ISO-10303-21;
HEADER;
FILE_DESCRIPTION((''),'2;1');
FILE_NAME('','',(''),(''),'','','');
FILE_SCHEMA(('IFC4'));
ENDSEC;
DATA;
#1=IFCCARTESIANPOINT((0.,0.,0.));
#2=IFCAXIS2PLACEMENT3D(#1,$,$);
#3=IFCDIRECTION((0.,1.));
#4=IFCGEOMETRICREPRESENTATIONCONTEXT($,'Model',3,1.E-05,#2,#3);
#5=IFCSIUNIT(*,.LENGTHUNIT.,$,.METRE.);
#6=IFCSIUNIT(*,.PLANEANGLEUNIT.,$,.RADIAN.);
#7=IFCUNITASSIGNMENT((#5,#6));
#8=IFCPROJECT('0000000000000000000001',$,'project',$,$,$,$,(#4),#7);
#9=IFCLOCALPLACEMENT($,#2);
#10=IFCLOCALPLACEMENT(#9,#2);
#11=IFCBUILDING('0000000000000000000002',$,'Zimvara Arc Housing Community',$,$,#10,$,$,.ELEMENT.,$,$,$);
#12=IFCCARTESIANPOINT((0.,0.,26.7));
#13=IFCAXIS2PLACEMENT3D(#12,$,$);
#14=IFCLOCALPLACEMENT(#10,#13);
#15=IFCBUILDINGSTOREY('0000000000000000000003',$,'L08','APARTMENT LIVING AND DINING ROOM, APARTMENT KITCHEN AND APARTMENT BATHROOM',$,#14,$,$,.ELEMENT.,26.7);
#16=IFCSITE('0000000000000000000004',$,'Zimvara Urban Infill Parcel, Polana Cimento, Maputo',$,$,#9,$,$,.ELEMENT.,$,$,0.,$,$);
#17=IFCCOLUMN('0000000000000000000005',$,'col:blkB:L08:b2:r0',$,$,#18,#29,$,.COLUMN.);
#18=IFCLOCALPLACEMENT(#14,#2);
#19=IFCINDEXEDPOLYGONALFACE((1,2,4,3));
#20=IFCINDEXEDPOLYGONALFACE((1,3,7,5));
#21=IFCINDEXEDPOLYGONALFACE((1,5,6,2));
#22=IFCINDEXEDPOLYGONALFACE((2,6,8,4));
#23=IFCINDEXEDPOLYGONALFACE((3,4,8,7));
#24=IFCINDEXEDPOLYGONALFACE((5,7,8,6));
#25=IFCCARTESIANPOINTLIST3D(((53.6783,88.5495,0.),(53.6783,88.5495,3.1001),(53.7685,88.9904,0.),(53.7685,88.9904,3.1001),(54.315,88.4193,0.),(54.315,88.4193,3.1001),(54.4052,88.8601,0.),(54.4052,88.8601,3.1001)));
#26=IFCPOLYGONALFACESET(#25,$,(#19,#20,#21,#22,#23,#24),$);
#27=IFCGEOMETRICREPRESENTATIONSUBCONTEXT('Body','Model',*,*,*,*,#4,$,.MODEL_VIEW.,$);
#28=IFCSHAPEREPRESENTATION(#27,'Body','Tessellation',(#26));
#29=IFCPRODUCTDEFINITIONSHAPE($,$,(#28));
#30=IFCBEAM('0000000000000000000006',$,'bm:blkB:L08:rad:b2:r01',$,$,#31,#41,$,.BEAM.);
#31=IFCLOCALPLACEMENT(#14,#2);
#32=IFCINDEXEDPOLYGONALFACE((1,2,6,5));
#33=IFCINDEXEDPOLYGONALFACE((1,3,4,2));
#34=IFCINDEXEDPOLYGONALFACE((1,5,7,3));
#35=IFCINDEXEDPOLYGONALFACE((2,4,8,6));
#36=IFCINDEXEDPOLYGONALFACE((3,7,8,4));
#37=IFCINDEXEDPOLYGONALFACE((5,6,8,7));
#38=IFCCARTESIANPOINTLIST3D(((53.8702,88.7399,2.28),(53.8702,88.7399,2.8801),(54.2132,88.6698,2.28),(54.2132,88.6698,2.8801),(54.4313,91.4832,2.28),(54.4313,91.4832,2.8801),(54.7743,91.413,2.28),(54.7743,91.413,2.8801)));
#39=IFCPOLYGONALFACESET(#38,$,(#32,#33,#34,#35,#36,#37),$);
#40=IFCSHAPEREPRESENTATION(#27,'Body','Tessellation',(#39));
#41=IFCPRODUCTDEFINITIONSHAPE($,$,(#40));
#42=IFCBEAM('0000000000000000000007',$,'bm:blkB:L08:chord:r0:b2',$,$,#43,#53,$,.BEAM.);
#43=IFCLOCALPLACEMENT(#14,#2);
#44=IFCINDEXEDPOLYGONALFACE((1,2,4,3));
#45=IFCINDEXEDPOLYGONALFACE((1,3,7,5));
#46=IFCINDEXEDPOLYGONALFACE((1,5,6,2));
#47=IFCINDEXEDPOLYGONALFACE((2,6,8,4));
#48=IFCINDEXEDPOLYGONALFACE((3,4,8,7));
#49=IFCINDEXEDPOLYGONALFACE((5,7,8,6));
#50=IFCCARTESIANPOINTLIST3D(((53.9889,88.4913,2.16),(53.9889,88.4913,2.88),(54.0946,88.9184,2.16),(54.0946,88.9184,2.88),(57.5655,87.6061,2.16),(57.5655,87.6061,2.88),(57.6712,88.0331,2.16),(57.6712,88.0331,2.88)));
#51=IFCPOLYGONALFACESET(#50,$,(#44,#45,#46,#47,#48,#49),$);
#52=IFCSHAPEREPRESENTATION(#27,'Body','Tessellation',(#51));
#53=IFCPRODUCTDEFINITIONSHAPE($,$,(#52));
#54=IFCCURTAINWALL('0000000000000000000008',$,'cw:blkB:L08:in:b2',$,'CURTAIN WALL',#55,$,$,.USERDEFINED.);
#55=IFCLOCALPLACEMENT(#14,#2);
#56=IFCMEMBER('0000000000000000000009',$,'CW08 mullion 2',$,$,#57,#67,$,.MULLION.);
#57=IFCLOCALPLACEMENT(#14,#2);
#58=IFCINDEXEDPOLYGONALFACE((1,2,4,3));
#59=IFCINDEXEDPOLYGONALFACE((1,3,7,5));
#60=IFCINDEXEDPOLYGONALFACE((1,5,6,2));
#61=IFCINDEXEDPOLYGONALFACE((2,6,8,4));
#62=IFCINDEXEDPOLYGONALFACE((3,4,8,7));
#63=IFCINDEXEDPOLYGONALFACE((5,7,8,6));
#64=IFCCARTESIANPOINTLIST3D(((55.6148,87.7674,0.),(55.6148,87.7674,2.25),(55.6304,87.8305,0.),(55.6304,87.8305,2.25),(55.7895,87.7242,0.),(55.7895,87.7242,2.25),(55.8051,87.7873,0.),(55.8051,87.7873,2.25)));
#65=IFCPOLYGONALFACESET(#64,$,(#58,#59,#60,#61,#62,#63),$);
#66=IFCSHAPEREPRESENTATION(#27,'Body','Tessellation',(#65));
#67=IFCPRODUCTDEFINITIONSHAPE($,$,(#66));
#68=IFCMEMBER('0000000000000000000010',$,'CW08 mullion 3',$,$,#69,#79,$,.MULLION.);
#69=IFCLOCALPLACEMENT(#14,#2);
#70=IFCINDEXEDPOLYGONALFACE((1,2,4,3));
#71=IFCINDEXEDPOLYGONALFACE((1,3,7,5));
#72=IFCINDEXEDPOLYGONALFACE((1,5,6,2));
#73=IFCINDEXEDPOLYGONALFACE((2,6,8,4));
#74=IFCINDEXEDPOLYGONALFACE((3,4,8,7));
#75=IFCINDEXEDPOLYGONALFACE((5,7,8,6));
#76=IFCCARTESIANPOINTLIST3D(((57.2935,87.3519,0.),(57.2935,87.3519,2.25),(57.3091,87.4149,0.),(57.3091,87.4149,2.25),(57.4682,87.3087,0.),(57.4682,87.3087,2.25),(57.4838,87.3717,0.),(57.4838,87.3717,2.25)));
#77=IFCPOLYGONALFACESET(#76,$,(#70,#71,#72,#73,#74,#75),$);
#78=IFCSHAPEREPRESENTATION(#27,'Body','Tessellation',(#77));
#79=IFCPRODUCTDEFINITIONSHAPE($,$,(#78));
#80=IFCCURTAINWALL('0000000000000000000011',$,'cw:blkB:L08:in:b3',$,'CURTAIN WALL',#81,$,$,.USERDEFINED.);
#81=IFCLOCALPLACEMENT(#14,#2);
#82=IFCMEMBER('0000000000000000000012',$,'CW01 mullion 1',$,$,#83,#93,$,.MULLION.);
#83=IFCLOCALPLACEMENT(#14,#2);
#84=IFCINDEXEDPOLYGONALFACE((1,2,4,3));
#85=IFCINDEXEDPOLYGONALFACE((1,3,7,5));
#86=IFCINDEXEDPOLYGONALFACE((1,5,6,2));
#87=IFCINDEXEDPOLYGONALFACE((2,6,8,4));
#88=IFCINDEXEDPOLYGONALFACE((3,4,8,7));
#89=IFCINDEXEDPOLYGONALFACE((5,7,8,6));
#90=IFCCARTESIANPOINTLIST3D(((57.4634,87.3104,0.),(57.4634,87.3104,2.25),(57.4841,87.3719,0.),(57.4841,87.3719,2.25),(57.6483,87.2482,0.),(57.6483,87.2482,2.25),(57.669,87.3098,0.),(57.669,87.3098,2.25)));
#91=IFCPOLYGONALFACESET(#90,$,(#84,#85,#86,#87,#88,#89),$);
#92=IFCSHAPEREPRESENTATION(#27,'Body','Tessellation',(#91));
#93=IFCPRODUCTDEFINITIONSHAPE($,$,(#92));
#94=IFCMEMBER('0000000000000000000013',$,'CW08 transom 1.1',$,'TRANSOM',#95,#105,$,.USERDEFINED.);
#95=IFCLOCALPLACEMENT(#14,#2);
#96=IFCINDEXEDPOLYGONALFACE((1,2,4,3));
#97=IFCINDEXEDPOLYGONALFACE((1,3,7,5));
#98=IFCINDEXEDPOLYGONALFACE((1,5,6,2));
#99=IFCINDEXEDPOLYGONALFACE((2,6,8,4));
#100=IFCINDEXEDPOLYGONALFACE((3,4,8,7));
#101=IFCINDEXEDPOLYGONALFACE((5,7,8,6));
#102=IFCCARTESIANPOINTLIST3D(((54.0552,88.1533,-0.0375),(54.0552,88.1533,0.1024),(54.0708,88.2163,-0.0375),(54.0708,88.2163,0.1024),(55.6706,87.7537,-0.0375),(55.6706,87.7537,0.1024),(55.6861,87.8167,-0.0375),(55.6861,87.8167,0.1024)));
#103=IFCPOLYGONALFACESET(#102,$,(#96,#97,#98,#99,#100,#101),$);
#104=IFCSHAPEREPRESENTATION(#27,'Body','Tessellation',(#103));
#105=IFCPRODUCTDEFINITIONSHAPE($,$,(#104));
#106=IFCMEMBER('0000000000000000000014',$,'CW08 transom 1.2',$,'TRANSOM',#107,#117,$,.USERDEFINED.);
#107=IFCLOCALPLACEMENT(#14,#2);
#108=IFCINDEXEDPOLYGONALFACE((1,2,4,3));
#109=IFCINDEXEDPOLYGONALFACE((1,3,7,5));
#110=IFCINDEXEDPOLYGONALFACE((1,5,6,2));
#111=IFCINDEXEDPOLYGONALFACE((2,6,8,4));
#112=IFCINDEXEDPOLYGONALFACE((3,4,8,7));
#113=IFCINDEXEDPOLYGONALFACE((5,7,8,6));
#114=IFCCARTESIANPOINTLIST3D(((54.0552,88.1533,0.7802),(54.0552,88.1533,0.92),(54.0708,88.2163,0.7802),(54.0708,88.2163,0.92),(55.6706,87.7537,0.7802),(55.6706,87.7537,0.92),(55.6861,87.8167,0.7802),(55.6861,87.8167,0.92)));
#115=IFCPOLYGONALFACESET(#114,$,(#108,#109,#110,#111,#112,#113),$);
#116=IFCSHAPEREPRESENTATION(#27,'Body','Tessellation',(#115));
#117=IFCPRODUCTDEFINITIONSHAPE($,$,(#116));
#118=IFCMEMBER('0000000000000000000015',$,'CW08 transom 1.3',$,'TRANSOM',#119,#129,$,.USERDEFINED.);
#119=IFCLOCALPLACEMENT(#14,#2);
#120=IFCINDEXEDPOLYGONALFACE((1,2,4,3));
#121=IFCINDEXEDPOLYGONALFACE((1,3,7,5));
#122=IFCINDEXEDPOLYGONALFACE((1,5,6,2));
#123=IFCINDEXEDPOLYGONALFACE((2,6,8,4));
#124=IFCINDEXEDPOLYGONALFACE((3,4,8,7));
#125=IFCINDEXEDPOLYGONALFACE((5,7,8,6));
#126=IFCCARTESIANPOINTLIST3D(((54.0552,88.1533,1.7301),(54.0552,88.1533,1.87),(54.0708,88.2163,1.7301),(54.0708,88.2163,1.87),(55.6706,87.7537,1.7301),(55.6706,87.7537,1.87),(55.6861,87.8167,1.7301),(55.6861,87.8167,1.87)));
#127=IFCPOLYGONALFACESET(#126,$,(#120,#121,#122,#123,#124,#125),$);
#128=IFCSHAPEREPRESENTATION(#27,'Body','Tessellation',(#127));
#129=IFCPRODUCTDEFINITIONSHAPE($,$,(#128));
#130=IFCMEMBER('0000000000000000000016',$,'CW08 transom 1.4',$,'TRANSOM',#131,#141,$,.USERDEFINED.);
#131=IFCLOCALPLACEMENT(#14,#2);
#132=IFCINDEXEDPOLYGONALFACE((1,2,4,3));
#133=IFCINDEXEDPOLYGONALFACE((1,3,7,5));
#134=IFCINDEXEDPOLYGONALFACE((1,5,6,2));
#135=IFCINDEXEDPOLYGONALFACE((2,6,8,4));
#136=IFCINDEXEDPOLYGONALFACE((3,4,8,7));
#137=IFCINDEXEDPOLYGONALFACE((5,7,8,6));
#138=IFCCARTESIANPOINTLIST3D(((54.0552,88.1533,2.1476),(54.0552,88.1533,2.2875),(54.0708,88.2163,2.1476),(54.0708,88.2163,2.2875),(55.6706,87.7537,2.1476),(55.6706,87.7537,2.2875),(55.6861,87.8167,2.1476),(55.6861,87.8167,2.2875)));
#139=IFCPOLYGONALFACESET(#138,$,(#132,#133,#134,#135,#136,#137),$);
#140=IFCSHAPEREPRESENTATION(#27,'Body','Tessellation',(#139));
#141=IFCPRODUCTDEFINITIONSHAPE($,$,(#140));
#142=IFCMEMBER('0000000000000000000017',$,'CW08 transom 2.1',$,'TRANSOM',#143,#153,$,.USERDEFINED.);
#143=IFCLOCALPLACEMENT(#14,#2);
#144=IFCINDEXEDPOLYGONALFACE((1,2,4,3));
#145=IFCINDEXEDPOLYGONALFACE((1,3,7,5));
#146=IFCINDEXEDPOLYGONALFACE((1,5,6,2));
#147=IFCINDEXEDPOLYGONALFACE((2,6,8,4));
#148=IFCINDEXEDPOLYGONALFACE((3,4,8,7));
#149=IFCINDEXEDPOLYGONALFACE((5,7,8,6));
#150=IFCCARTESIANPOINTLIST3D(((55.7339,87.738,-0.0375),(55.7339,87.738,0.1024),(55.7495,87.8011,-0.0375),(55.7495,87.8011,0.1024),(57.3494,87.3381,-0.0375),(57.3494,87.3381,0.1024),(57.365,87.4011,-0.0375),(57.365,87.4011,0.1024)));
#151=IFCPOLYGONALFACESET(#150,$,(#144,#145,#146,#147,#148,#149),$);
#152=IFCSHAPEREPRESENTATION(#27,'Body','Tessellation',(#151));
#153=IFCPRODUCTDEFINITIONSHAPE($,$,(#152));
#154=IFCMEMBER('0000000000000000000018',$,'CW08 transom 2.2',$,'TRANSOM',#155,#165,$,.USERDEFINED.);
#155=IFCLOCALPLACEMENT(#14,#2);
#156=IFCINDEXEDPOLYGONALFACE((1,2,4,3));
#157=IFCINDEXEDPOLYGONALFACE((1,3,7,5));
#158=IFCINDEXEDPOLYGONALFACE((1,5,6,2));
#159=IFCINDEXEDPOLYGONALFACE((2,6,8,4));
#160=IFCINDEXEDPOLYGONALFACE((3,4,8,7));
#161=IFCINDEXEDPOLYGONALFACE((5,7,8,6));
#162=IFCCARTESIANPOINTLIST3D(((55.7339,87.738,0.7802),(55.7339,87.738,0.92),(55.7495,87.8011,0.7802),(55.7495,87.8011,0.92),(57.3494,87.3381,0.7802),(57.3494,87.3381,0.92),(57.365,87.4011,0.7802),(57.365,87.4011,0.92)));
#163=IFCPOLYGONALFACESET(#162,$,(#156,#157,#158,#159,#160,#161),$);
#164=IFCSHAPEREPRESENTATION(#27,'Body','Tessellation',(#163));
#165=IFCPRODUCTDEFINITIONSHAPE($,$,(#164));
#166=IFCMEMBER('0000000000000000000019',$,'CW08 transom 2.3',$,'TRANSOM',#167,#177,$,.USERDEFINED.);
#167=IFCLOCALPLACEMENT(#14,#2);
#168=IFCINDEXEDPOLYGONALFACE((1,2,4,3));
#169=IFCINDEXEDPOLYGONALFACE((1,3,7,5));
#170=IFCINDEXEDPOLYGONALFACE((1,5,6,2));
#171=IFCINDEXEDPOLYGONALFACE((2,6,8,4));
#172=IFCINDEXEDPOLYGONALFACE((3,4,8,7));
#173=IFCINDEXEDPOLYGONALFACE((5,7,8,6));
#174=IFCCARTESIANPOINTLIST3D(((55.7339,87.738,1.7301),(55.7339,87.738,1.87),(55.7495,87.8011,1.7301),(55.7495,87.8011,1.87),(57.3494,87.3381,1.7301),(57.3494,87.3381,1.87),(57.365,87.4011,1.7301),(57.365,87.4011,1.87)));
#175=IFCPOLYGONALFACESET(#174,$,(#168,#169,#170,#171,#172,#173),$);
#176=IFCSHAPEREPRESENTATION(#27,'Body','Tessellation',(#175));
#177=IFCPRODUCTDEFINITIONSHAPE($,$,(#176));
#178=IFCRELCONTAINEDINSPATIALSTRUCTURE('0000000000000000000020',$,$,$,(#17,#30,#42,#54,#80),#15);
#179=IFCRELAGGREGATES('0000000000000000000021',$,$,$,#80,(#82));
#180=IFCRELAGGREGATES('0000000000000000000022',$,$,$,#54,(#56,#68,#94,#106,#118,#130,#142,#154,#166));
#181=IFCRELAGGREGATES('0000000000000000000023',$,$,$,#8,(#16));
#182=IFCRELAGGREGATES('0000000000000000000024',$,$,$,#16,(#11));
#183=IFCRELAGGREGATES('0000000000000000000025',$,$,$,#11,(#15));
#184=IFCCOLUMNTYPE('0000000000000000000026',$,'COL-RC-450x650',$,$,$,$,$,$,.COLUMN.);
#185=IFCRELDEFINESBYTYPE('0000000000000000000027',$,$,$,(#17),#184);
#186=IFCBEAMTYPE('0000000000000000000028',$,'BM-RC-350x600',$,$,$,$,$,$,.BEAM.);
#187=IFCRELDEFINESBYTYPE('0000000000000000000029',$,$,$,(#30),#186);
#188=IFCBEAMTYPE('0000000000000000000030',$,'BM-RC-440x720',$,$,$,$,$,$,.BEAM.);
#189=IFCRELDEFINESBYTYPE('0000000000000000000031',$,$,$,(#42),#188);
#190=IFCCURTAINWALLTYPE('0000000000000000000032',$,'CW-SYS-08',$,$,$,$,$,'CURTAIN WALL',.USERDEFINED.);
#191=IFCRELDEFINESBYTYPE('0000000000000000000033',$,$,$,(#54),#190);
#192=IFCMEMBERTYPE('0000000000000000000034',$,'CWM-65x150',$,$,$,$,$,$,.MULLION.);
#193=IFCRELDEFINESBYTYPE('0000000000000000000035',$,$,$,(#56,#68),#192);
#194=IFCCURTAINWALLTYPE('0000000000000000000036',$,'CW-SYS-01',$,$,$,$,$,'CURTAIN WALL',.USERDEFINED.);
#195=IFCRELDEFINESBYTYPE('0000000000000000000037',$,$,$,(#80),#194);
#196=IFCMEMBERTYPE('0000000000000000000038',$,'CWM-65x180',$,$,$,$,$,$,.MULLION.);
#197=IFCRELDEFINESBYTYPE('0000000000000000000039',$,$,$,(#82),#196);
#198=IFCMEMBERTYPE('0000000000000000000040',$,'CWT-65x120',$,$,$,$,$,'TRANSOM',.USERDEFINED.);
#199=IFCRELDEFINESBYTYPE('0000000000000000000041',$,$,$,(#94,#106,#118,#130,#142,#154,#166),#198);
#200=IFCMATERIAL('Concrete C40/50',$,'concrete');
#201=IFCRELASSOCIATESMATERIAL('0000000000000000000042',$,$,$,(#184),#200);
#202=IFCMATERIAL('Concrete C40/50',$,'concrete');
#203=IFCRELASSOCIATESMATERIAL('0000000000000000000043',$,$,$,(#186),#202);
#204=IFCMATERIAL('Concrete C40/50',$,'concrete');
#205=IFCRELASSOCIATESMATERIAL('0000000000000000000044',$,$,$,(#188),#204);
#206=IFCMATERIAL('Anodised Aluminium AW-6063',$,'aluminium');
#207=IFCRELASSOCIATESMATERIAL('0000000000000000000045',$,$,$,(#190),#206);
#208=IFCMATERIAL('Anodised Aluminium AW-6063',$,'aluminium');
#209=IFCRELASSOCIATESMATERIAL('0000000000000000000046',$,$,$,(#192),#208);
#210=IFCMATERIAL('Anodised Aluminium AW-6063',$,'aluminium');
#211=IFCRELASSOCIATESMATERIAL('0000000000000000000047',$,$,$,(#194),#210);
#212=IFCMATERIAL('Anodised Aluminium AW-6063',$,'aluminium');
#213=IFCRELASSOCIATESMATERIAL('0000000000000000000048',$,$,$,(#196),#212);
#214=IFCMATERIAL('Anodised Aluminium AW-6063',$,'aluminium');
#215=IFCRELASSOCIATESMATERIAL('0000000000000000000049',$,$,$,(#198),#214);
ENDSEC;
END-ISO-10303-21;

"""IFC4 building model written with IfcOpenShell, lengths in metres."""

from ifc_helpers import new_model, si_unit, direction, frame, origin, origin_2d, place, context, subcontext, project, spatial, rectangle, extrude, material, material_profile, profile_set, type_object, element, aggregate, save


model = new_model("IFC4")

# Units and contexts
model_context = context("Model", 3, precision=1e-05, world=origin(), true_north=direction((0.0, 1.0)))
body_context = subcontext(model_context, "Body", "Model", "MODEL_VIEW")
ifc_project = project(units=[si_unit("LENGTHUNIT", "METRE"), si_unit("PLANEANGLEUNIT", "RADIAN")], contexts=[model_context])

# Site, building, storey
site_placement = place(None, origin())
site = spatial("IfcSite", under=ifc_project, at=site_placement, Name="Zimvara Urban Infill Parcel, Polana Cimento, Maputo", CompositionType="ELEMENT", RefElevation=0.0)
building_placement = place(site_placement, origin())
building = spatial("IfcBuilding", under=site, at=building_placement, Name="Zimvara Arc Housing Community", CompositionType="ELEMENT")
storey_placement = place(building_placement, frame((0.0, 0.0, 26.7)))
storey = spatial("IfcBuildingStorey", under=building, at=storey_placement, Name="L08", Description="APARTMENT LIVING AND DINING ROOM, APARTMENT KITCHEN AND APARTMENT BATHROOM", CompositionType="ELEMENT", Elevation=26.7)

# Column
ifc_material_1 = material(Name="Concrete C40/50", Category="concrete")
ifc_material_profile_1 = material_profile(ifc_material_1, rectangle(XDim=0.45, YDim=0.6499, at=origin_2d()), Name="RC 450x650")
ifc_profile_set_1 = profile_set([ifc_material_profile_1], Name="Concrete C40/50")
column_type = type_object("IfcColumnType", Name="COL-RC-450x650", PredefinedType="COLUMN", material=ifc_profile_set_1)
column_placement = place(storey_placement, frame((54.0417, 88.7048, 0.0), z_axis=(0.0, 0.0, 1.0), x_axis=(0.200394, 0.979715, 0.0)))
element("IfcColumn", 1, at=column_placement, inside=storey, type_object=column_type, Name="col:blkB:L08:b2:r0", PredefinedType="COLUMN", context=body_context, shape_type="SweptSolid", body=[
    extrude(rectangle(XDim=0.45, YDim=0.6499, at=origin_2d()), origin(), (0.0, 0.0, 1.0), 3.1001),
])

# Beams
ifc_material_2 = material(Name="Concrete C40/50", Category="concrete")
ifc_material_profile_2 = material_profile(ifc_material_2, rectangle(XDim=0.3501, YDim=0.6001, at=origin_2d()), Name="RC 350x600")
ifc_profile_set_2 = profile_set([ifc_material_profile_2], Name="Concrete C40/50")
beam_type_1 = type_object("IfcBeamType", Name="BM-RC-350x600", PredefinedType="BEAM", material=ifc_profile_set_2)
beam_1_placement = place(storey_placement, frame((54.0417, 88.7048, 2.5801), z_axis=(0.200373, 0.97972, 0.0), x_axis=(-0.97972, 0.200373, 0.0)))
element("IfcBeam", 2, at=beam_1_placement, inside=storey, type_object=beam_type_1, Name="bm:blkB:L08:rad:b2:r01", PredefinedType="BEAM", context=body_context, shape_type="SweptSolid", body=[
    extrude(rectangle(XDim=0.3501, YDim=0.6001, at=origin_2d()), origin(), (0.0, 0.0, 1.0), 2.8),
])
ifc_material_3 = material(Name="Concrete C40/50", Category="concrete")
ifc_material_profile_3 = material_profile(ifc_material_3, rectangle(XDim=0.4399, YDim=0.72, at=origin_2d()), Name="RC 440x720")
ifc_profile_set_3 = profile_set([ifc_material_profile_3], Name="Concrete C40/50")
beam_type_2 = type_object("IfcBeamType", Name="BM-RC-440x720", PredefinedType="BEAM", material=ifc_profile_set_3)
beam_2_placement = place(storey_placement, frame((54.0417, 88.7048, 2.52), z_axis=(0.970709, -0.240259, 0.0), x_axis=(0.240259, 0.970709, 0.0)))
element("IfcBeam", 3, at=beam_2_placement, inside=storey, type_object=beam_type_2, Name="bm:blkB:L08:chord:r0:b2", PredefinedType="BEAM", context=body_context, shape_type="SweptSolid", body=[
    extrude(rectangle(XDim=0.4399, YDim=0.72, at=origin_2d()), origin(), (0.0, 0.0, 1.0), 3.6846),
])

# Curtain wall, members
ifc_material_4 = material(Name="Anodised Aluminium AW-6063", Category="aluminium")
curtain_wall_type_1 = type_object("IfcCurtainWallType", Name="CW-SYS-08", ElementType="CURTAIN WALL", PredefinedType="USERDEFINED", material=ifc_material_4)
curtain_wall_1_placement = place(storey_placement, origin())
curtain_wall_1 = element("IfcCurtainWall", 4, at=curtain_wall_1_placement, inside=storey, type_object=curtain_wall_type_1, Name="cw:blkB:L08:in:b2", ObjectType="CURTAIN WALL", PredefinedType="USERDEFINED")
ifc_material_5 = material(Name="Anodised Aluminium AW-6063", Category="aluminium")
ifc_material_profile_4 = material_profile(ifc_material_5, rectangle(XDim=0.0649, YDim=0.1799, at=origin_2d()), Name="ALU 65x180")
ifc_profile_set_4 = profile_set([ifc_material_profile_4], Name="Anodised Aluminium AW-6063")
member_type_1 = type_object("IfcMemberType", Name="CWM-65x150", PredefinedType="MULLION", material=ifc_profile_set_4)
member_1_placement = place(storey_placement, frame((55.71, 87.7773, 0.0), z_axis=(0.0, 0.0, 1.0), x_axis=(0.240228, 0.970717, 0.0)))
member_1 = element("IfcMember", 5, at=member_1_placement, type_object=member_type_1, Name="CW08 mullion 2", PredefinedType="MULLION", context=body_context, shape_type="SweptSolid", body=[
    extrude(rectangle(XDim=0.0649, YDim=0.1799, at=origin_2d()), origin(), (0.0, 0.0, 1.0), 2.25),
])
member_2_placement = place(storey_placement, frame((57.3887, 87.3618, 0.0), z_axis=(0.0, 0.0, 1.0), x_axis=(0.240228, 0.970717, 0.0)))
member_2 = element("IfcMember", 6, at=member_2_placement, type_object=member_type_1, Name="CW08 mullion 3", PredefinedType="MULLION", context=body_context, shape_type="SweptSolid", body=[
    extrude(rectangle(XDim=0.0649, YDim=0.1799, at=origin_2d()), origin(), (0.0, 0.0, 1.0), 2.25),
])

# Curtain wall, member
ifc_material_6 = material(Name="Anodised Aluminium AW-6063", Category="aluminium")
curtain_wall_type_2 = type_object("IfcCurtainWallType", Name="CW-SYS-01", ElementType="CURTAIN WALL", PredefinedType="USERDEFINED", material=ifc_material_6)
curtain_wall_2_placement = place(storey_placement, origin())
curtain_wall_2 = element("IfcCurtainWall", 7, at=curtain_wall_2_placement, inside=storey, type_object=curtain_wall_type_2, Name="cw:blkB:L08:in:b3", ObjectType="CURTAIN WALL", PredefinedType="USERDEFINED")
ifc_material_7 = material(Name="Anodised Aluminium AW-6063", Category="aluminium")
ifc_material_profile_5 = material_profile(ifc_material_7, rectangle(XDim=0.0649, YDim=0.1951, at=origin_2d()), Name="ALU 65x195")
ifc_profile_set_5 = profile_set([ifc_material_profile_5], Name="Anodised Aluminium AW-6063")
member_type_2 = type_object("IfcMemberType", Name="CWM-65x180", PredefinedType="MULLION", material=ifc_profile_set_5)
member_3_placement = place(storey_placement, frame((57.5662, 87.3101, 0.0), z_axis=(0.0, 0.0, 1.0), x_axis=(0.31863, 0.947879, 0.0)))
member_3 = element("IfcMember", 8, at=member_3_placement, type_object=member_type_2, Name="CW01 mullion 1", PredefinedType="MULLION", context=body_context, shape_type="SweptSolid", body=[
    extrude(rectangle(XDim=0.0649, YDim=0.1951, at=origin_2d()), origin(), (0.0, 0.0, 1.0), 2.25),
])

# Members
ifc_material_8 = material(Name="Anodised Aluminium AW-6063", Category="aluminium")
ifc_material_profile_6 = material_profile(ifc_material_8, rectangle(XDim=0.0649, YDim=0.1399, at=origin_2d()), Name="ALU 65x140")
ifc_profile_set_6 = profile_set([ifc_material_profile_6], Name="Anodised Aluminium AW-6063")
member_type_3 = type_object("IfcMemberType", Name="CWT-65x120", ElementType="TRANSOM", PredefinedType="USERDEFINED", material=ifc_profile_set_6)
member_4_placement = place(storey_placement, frame((54.063, 88.1848, 0.0325), z_axis=(0.970735, -0.240153, 0.0), x_axis=(0.240153, 0.970735, 0.0)))
member_4 = element("IfcMember", 9, at=member_4_placement, type_object=member_type_3, Name="CW08 transom 1.1", ObjectType="TRANSOM", PredefinedType="USERDEFINED", context=body_context, shape_type="SweptSolid", body=[
    extrude(rectangle(XDim=0.0649, YDim=0.1399, at=origin_2d()), origin(), (0.0, 0.0, 1.0), 1.6641),
])
member_5_placement = place(storey_placement, frame((54.063, 88.1848, 0.8501), z_axis=(0.970735, -0.240153, 0.0), x_axis=(0.240153, 0.970735, 0.0)))
member_5 = element("IfcMember", 10, at=member_5_placement, type_object=member_type_3, Name="CW08 transom 1.2", ObjectType="TRANSOM", PredefinedType="USERDEFINED", context=body_context, shape_type="SweptSolid", body=[
    extrude(rectangle(XDim=0.0649, YDim=0.1399, at=origin_2d()), origin(), (0.0, 0.0, 1.0), 1.6641),
])
member_6_placement = place(storey_placement, frame((54.063, 88.1848, 1.8), z_axis=(0.970735, -0.240153, 0.0), x_axis=(0.240153, 0.970735, 0.0)))
member_6 = element("IfcMember", 11, at=member_6_placement, type_object=member_type_3, Name="CW08 transom 1.3", ObjectType="TRANSOM", PredefinedType="USERDEFINED", context=body_context, shape_type="SweptSolid", body=[
    extrude(rectangle(XDim=0.0649, YDim=0.1399, at=origin_2d()), origin(), (0.0, 0.0, 1.0), 1.6641),
])
member_7_placement = place(storey_placement, frame((54.063, 88.1848, 2.2175), z_axis=(0.970735, -0.240153, 0.0), x_axis=(0.240153, 0.970735, 0.0)))
member_7 = element("IfcMember", 12, at=member_7_placement, type_object=member_type_3, Name="CW08 transom 1.4", ObjectType="TRANSOM", PredefinedType="USERDEFINED", context=body_context, shape_type="SweptSolid", body=[
    extrude(rectangle(XDim=0.0649, YDim=0.1399, at=origin_2d()), origin(), (0.0, 0.0, 1.0), 1.6641),
])
member_8_placement = place(storey_placement, frame((55.7417, 87.7695, 0.0325), z_axis=(0.970701, -0.240291, 0.0), x_axis=(0.240291, 0.970701, 0.0)))
member_8 = element("IfcMember", 13, at=member_8_placement, type_object=member_type_3, Name="CW08 transom 2.1", ObjectType="TRANSOM", PredefinedType="USERDEFINED", context=body_context, shape_type="SweptSolid", body=[
    extrude(rectangle(XDim=0.0649, YDim=0.1399, at=origin_2d()), origin(), (0.0, 0.0, 1.0), 1.6643),
])
member_9_placement = place(storey_placement, frame((55.7417, 87.7695, 0.8501), z_axis=(0.970701, -0.240291, 0.0), x_axis=(0.240291, 0.970701, 0.0)))
member_9 = element("IfcMember", 14, at=member_9_placement, type_object=member_type_3, Name="CW08 transom 2.2", ObjectType="TRANSOM", PredefinedType="USERDEFINED", context=body_context, shape_type="SweptSolid", body=[
    extrude(rectangle(XDim=0.0649, YDim=0.1399, at=origin_2d()), origin(), (0.0, 0.0, 1.0), 1.6643),
])
member_10_placement = place(storey_placement, frame((55.7417, 87.7695, 1.8), z_axis=(0.970701, -0.240291, 0.0), x_axis=(0.240291, 0.970701, 0.0)))
member_10 = element("IfcMember", 15, at=member_10_placement, type_object=member_type_3, Name="CW08 transom 2.3", ObjectType="TRANSOM", PredefinedType="USERDEFINED", context=body_context, shape_type="SweptSolid", body=[
    extrude(rectangle(XDim=0.0649, YDim=0.1399, at=origin_2d()), origin(), (0.0, 0.0, 1.0), 1.6643),
])
aggregate(curtain_wall_2, [member_3])

aggregate(curtain_wall_1, [member_1, member_2, member_4, member_5, member_6, member_7, member_8, member_9, member_10])

save(model, "model.ifc")
